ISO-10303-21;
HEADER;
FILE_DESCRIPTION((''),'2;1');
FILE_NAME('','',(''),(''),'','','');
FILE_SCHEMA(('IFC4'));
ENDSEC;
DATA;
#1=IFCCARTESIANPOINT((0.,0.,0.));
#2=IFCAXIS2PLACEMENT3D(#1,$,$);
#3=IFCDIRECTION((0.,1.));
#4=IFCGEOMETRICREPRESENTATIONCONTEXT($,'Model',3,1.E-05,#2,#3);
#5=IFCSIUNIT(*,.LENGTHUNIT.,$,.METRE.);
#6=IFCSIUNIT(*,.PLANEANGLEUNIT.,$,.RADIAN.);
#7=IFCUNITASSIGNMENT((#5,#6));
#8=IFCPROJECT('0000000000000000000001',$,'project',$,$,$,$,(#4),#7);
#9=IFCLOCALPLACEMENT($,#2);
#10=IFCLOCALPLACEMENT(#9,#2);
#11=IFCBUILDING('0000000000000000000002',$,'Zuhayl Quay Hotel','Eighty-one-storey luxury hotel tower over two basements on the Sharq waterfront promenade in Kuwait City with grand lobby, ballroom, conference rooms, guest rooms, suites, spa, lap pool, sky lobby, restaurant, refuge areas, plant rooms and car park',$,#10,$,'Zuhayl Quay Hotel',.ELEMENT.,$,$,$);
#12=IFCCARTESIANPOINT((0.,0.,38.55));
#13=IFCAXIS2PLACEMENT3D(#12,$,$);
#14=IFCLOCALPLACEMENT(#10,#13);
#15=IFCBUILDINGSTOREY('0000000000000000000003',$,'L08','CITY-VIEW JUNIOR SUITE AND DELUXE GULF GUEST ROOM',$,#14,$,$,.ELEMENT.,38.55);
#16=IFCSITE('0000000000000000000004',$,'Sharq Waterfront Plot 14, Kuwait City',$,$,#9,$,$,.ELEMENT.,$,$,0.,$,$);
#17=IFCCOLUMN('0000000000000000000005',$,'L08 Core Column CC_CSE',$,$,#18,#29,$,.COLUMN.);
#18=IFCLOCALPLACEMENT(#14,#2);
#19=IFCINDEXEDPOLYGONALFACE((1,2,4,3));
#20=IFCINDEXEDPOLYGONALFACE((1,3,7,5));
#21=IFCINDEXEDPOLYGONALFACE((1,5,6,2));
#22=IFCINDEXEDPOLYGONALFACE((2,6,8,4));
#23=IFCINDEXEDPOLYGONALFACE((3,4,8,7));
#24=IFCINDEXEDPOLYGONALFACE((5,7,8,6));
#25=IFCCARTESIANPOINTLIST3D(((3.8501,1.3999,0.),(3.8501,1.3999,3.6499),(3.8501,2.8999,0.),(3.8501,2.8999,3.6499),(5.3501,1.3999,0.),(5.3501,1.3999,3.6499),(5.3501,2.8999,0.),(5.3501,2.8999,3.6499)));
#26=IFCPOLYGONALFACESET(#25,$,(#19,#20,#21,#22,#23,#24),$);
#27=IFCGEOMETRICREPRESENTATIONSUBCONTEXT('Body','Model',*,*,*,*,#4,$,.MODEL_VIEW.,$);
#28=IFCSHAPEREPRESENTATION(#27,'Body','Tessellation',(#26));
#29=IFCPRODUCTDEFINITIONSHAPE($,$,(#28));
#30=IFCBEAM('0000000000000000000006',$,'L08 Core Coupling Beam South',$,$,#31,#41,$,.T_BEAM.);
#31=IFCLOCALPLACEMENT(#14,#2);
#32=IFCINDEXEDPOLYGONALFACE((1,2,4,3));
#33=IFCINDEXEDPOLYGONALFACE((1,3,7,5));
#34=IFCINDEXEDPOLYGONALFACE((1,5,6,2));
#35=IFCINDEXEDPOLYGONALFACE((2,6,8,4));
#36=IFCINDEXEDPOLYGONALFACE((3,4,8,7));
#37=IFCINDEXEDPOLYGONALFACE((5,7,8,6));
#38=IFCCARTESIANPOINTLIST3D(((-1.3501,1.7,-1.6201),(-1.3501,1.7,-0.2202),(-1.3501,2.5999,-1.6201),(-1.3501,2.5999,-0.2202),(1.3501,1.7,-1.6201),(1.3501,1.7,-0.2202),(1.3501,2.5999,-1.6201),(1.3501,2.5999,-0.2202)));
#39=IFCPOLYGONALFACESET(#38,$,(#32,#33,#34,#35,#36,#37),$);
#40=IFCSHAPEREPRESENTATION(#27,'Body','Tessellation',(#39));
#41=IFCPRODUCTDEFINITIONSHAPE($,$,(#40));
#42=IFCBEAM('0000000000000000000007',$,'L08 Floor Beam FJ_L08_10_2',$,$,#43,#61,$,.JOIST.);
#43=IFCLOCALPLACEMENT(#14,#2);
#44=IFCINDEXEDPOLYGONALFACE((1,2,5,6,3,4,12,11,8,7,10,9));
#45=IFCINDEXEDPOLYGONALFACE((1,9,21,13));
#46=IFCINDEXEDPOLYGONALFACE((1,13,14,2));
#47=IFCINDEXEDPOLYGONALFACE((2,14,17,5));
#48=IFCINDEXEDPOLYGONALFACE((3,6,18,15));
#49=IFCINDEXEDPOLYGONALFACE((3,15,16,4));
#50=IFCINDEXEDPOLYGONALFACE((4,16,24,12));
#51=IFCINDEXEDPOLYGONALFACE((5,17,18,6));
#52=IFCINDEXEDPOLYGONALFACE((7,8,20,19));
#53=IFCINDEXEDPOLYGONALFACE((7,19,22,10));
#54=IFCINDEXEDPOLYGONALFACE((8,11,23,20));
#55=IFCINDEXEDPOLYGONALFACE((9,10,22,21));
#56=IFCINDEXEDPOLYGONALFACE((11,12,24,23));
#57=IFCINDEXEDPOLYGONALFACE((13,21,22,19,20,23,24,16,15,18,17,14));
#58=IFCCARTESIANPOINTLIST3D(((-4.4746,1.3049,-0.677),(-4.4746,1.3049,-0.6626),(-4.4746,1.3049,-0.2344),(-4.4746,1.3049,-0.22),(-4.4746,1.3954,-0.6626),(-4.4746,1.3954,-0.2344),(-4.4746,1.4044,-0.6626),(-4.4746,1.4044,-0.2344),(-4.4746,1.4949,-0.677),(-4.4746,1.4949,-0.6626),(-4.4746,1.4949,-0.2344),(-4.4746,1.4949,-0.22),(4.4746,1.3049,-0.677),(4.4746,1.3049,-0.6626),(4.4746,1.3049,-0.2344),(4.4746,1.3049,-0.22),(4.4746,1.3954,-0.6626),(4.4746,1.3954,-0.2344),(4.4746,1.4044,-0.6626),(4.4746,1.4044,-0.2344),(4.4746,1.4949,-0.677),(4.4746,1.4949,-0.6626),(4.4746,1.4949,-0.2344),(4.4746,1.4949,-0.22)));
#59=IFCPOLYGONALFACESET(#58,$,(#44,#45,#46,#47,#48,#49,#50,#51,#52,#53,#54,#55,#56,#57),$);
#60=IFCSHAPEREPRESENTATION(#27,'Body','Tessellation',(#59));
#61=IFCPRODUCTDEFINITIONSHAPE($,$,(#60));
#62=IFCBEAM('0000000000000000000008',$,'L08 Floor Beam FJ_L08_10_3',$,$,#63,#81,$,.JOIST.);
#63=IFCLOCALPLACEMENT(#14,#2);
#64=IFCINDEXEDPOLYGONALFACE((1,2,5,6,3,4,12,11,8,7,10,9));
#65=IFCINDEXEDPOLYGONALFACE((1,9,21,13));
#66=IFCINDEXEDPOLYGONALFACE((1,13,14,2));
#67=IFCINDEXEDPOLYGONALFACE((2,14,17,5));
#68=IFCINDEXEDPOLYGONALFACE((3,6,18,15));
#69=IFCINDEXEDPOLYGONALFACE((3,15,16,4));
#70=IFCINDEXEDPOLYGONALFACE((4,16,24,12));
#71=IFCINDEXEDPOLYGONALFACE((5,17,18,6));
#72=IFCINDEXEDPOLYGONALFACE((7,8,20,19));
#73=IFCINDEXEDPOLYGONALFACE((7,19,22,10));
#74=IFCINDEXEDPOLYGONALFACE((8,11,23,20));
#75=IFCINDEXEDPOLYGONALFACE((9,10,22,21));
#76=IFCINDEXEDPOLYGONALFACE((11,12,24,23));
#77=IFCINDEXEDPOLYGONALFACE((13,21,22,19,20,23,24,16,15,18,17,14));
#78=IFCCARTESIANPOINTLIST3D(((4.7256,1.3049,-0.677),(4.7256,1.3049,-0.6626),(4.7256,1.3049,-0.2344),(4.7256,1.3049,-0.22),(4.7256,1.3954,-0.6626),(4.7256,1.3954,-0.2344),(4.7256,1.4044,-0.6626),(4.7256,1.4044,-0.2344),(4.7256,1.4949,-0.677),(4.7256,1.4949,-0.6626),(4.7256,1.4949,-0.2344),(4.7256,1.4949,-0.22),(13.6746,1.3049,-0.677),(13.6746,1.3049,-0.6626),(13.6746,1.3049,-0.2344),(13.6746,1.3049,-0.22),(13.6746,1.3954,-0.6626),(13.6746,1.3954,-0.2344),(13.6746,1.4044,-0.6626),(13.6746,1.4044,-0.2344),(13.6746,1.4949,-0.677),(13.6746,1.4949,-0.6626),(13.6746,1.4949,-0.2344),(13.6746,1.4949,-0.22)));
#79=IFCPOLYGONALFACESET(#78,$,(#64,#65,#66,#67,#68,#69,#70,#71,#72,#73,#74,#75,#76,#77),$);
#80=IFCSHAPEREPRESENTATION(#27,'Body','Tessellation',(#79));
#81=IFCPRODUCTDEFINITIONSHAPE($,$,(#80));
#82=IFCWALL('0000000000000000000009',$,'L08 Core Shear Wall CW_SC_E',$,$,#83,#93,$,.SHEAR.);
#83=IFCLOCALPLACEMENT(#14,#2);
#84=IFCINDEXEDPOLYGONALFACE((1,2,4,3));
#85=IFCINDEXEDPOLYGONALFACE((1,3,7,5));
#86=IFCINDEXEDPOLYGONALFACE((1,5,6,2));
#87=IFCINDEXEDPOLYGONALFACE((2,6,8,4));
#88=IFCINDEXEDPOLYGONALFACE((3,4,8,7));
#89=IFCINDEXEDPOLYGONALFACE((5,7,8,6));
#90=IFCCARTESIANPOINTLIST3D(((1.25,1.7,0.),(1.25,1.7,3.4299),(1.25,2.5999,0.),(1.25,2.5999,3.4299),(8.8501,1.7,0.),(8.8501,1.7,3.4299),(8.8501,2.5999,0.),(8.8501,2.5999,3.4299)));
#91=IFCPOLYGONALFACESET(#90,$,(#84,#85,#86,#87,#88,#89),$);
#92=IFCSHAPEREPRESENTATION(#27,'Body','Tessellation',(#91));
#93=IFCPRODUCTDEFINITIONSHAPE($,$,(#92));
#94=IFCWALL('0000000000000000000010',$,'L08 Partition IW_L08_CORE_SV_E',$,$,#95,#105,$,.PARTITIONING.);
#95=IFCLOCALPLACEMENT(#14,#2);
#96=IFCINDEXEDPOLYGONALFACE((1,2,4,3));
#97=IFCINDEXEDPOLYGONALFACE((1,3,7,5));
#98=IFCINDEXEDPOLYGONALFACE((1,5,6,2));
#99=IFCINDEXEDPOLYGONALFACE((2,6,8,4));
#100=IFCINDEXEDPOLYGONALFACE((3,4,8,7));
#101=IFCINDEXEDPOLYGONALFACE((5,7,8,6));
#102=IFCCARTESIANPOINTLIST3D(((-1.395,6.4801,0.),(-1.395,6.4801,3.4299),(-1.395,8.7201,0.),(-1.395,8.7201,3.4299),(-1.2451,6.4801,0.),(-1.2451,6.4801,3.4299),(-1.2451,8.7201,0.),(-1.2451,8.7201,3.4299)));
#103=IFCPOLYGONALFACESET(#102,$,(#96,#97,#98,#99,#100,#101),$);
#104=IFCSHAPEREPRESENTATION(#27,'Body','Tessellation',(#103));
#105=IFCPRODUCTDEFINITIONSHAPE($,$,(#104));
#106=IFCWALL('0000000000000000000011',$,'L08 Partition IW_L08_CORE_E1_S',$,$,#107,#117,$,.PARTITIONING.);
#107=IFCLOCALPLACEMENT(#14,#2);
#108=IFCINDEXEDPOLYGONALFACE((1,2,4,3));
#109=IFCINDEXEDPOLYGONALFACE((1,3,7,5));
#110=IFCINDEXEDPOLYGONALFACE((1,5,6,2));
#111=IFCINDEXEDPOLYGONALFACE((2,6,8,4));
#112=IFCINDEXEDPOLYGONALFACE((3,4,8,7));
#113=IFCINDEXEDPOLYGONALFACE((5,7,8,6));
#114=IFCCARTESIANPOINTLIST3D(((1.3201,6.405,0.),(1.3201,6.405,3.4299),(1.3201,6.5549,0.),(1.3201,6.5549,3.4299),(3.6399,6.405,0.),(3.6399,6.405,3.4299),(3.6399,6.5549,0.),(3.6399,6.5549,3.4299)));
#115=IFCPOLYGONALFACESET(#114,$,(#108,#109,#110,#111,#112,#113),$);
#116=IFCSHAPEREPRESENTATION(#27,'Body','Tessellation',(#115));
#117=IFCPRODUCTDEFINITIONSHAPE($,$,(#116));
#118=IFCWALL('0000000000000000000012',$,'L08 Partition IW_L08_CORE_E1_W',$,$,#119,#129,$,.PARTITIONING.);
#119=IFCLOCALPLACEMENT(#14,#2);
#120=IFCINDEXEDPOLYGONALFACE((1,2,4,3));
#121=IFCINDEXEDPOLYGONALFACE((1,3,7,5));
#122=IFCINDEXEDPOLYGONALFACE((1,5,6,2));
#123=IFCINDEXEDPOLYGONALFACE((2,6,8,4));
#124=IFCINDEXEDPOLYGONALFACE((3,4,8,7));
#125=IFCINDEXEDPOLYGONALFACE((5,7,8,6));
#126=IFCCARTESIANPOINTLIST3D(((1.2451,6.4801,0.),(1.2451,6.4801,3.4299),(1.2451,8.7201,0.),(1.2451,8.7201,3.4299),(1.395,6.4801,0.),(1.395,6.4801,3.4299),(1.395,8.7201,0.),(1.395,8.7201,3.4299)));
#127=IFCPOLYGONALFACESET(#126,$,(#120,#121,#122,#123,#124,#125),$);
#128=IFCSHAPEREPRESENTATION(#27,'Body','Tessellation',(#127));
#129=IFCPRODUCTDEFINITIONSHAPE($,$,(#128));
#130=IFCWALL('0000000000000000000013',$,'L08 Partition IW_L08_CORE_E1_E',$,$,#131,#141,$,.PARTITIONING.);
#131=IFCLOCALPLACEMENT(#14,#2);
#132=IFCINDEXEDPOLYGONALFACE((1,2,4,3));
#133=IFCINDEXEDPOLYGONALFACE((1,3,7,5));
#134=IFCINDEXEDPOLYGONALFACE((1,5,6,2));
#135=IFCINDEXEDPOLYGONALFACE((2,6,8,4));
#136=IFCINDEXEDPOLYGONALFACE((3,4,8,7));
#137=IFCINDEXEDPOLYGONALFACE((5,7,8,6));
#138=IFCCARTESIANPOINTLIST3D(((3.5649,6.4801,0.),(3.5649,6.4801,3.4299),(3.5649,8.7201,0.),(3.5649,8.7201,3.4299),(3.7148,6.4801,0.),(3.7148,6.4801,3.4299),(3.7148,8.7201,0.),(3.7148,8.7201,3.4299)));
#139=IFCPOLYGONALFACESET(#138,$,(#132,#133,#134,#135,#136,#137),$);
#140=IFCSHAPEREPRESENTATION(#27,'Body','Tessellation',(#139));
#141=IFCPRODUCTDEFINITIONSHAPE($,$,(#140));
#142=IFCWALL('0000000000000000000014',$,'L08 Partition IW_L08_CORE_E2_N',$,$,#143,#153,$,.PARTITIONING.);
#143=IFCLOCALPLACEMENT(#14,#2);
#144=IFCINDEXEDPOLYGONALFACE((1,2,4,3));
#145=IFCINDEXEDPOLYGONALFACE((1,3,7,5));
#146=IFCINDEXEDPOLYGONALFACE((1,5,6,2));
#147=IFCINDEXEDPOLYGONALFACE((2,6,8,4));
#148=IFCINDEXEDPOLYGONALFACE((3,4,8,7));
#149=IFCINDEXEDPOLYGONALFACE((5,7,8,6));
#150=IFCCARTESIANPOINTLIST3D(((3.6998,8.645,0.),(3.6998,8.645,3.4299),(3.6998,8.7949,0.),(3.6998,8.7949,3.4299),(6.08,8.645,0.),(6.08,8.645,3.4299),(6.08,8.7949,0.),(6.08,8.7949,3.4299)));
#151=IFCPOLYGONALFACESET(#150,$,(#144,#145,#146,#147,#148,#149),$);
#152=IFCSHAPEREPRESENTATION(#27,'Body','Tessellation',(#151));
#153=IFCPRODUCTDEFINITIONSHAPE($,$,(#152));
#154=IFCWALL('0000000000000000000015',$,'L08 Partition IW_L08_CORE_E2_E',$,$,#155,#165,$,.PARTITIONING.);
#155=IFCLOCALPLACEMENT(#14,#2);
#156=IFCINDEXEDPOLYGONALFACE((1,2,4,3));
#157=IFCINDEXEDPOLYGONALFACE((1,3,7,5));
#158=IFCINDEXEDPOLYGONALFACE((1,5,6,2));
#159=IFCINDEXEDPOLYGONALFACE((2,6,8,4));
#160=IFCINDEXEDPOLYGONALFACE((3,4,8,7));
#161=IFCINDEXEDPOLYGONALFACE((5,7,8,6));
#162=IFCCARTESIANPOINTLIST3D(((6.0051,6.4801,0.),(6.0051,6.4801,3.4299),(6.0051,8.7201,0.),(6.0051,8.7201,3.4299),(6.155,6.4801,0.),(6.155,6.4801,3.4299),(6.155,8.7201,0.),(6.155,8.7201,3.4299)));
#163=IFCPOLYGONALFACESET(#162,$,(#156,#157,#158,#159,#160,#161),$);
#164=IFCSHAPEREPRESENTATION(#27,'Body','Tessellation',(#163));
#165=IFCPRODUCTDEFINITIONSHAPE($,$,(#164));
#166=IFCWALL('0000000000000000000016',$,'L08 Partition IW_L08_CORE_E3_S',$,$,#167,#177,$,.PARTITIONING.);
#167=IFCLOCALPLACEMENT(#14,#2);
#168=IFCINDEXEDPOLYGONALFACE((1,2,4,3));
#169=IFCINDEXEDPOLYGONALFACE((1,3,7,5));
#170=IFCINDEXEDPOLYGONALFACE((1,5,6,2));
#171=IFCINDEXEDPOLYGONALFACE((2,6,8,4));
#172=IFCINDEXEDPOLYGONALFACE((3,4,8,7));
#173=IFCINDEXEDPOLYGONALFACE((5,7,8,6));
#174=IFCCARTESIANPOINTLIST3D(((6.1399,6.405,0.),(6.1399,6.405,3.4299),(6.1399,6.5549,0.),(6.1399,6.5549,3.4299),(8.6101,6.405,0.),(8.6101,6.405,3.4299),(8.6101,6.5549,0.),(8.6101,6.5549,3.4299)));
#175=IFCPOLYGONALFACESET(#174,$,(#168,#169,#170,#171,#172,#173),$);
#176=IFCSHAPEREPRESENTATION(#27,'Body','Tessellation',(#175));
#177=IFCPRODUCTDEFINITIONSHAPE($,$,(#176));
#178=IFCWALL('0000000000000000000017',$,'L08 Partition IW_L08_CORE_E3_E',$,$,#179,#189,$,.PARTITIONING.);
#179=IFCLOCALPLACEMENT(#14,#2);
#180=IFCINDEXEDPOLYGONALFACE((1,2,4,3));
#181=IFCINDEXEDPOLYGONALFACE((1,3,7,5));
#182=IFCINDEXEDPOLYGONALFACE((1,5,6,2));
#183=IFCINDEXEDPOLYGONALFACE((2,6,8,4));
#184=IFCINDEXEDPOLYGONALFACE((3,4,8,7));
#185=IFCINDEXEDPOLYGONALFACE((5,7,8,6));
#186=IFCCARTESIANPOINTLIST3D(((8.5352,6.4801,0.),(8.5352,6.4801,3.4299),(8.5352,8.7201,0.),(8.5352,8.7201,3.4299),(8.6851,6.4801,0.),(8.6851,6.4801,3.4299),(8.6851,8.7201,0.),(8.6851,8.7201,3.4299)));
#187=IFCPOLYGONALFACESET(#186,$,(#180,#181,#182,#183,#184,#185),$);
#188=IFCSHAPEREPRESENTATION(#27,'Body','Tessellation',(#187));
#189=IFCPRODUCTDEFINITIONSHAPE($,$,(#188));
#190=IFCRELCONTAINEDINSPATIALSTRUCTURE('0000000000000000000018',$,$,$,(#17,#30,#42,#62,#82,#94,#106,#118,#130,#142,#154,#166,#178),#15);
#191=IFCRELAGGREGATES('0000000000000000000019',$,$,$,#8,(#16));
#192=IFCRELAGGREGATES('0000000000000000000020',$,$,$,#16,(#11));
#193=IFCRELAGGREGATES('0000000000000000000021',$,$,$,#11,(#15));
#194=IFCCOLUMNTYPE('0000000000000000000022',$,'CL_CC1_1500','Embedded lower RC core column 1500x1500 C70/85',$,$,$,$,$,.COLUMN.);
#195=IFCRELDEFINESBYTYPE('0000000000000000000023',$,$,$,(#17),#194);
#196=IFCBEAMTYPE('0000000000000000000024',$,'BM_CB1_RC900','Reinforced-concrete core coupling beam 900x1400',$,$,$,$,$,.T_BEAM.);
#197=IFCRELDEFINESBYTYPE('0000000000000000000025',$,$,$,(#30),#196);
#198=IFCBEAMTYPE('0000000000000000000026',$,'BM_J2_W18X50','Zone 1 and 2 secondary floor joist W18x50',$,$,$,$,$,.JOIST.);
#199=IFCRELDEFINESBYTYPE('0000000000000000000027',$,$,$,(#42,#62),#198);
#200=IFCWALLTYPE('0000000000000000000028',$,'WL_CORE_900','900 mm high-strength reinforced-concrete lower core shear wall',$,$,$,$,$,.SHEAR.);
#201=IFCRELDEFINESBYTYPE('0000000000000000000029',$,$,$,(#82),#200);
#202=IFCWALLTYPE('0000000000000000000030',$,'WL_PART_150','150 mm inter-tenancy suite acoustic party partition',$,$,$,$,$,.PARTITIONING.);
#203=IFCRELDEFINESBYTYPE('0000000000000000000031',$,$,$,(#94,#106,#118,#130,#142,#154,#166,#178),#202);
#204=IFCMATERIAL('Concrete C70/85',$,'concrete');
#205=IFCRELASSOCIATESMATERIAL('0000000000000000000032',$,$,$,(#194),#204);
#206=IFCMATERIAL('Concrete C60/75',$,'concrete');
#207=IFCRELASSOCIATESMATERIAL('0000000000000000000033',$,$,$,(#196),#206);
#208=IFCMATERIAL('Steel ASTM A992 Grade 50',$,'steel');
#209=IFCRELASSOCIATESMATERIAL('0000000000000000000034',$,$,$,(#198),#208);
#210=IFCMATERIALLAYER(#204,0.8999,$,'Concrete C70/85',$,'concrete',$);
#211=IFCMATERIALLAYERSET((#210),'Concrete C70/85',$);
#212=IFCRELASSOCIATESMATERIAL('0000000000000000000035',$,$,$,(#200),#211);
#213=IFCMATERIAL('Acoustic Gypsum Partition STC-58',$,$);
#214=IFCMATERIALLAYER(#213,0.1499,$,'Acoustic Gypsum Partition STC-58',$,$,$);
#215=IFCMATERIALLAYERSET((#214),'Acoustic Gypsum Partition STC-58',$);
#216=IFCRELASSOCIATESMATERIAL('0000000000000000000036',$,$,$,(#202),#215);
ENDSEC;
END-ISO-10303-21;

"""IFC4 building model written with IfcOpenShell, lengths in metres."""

from ifc_helpers import new_model, si_unit, direction, frame, frame_2d, origin, origin_2d, place, context, subcontext, project, spatial, rectangle, i_section, extrude, material, layer, layer_set, material_profile, profile_set, type_object, element, save


model = new_model("IFC4")

# Units and contexts
model_context = context("Model", 3, precision=1e-05, world=origin(), true_north=direction((0.0, 1.0)))
body_context = subcontext(model_context, "Body", "Model", "MODEL_VIEW")
ifc_project = project(units=[si_unit("LENGTHUNIT", "METRE"), si_unit("PLANEANGLEUNIT", "RADIAN")], contexts=[model_context])

# Site, building, storey
site_placement = place(None, origin())
site = spatial("IfcSite", under=ifc_project, at=site_placement, Name="Sharq Waterfront Plot 14, Kuwait City", CompositionType="ELEMENT", RefElevation=0.0)
building_placement = place(site_placement, origin())
building = spatial("IfcBuilding", under=site, at=building_placement, Name="Zuhayl Quay Hotel", Description="Eighty-one-storey luxury hotel tower over two basements on the Sharq waterfront promenade in Kuwait City with grand lobby, ballroom, conference rooms, guest rooms, suites, spa, lap pool, sky lobby, restaurant, refuge areas, plant rooms and car park", LongName="Zuhayl Quay Hotel", CompositionType="ELEMENT")
storey_placement = place(building_placement, frame((0.0, 0.0, 38.55)))
storey = spatial("IfcBuildingStorey", under=building, at=storey_placement, Name="L08", Description="CITY-VIEW JUNIOR SUITE AND DELUXE GULF GUEST ROOM", CompositionType="ELEMENT", Elevation=38.55)

# Column
ifc_material_1 = material(Name="Concrete C70/85", Category="concrete")
ifc_material_profile_1 = material_profile(ifc_material_1, rectangle(XDim=1.5, YDim=1.5, at=origin_2d()), Name="RC1500X1500")
ifc_profile_set_1 = profile_set([ifc_material_profile_1], Name="Concrete C70/85")
column_type = type_object("IfcColumnType", Name="CL_CC1_1500", Description="Embedded lower RC core column 1500x1500 C70/85", PredefinedType="COLUMN", material=ifc_profile_set_1)
column_placement = place(storey_placement, frame((4.6001, 2.1499, 0.0), z_axis=(0.0, 0.0, 1.0), x_axis=(1.0, 0.0, 0.0)))
element("IfcColumn", 1, at=column_placement, inside=storey, type_object=column_type, Name="L08 Core Column CC_CSE", PredefinedType="COLUMN", context=body_context, shape_type="SweptSolid", body=[
    extrude(rectangle(XDim=1.5, YDim=1.5, at=origin_2d()), origin(), (0.0, 0.0, 1.0), 3.6499),
])

# Beams
ifc_material_2 = material(Name="Concrete C60/75", Category="concrete")
ifc_material_profile_2 = material_profile(ifc_material_2, rectangle(XDim=0.8999, YDim=1.3999, at=origin_2d()), Name="RC900X1400")
ifc_profile_set_2 = profile_set([ifc_material_profile_2], Name="Concrete C60/75")
beam_type_1 = type_object("IfcBeamType", Name="BM_CB1_RC900", Description="Reinforced-concrete core coupling beam 900x1400", PredefinedType="T_BEAM", material=ifc_profile_set_2)
beam_1_placement = place(storey_placement, frame((-1.3501, 2.1499, -0.9202), z_axis=(1.0, 0.0, 0.0), x_axis=(0.0, 1.0, 0.0)))
element("IfcBeam", 2, at=beam_1_placement, inside=storey, type_object=beam_type_1, Name="L08 Core Coupling Beam South", PredefinedType="T_BEAM", context=body_context, shape_type="SweptSolid", body=[
    extrude(rectangle(XDim=0.8999, YDim=1.3999, at=origin_2d()), origin(), (0.0, 0.0, 1.0), 2.7002),
])
ifc_material_3 = material(Name="Steel ASTM A992 Grade 50", Category="steel")
ifc_material_profile_3 = material_profile(ifc_material_3, i_section(OverallWidth=0.1899, OverallDepth=0.457, WebThickness=0.009, FlangeThickness=0.0144, at=origin_2d()), Name="W18X50")
ifc_profile_set_3 = profile_set([ifc_material_profile_3], Name="Steel ASTM A992 Grade 50")
beam_type_2 = type_object("IfcBeamType", Name="BM_J2_W18X50", Description="Zone 1 and 2 secondary floor joist W18x50", PredefinedType="JOIST", material=ifc_profile_set_3)
beam_2_placement = place(storey_placement, frame((-4.4746, 1.3999, -0.4485), z_axis=(1.0, 0.0, 0.0), x_axis=(0.0, 1.0, 0.0)))
element("IfcBeam", 3, at=beam_2_placement, inside=storey, type_object=beam_type_2, Name="L08 Floor Beam FJ_L08_10_2", PredefinedType="JOIST", context=body_context, shape_type="SweptSolid", body=[
    extrude(i_section(OverallWidth=0.1899, OverallDepth=0.457, WebThickness=0.009, FlangeThickness=0.0144, at=origin_2d()), origin(), (0.0, 0.0, 1.0), 8.9492),
])
beam_3_placement = place(storey_placement, frame((4.7256, 1.3999, -0.4485), z_axis=(1.0, 0.0, 0.0), x_axis=(0.0, 1.0, 0.0)))
element("IfcBeam", 4, at=beam_3_placement, inside=storey, type_object=beam_type_2, Name="L08 Floor Beam FJ_L08_10_3", PredefinedType="JOIST", context=body_context, shape_type="SweptSolid", body=[
    extrude(i_section(OverallWidth=0.1899, OverallDepth=0.457, WebThickness=0.009, FlangeThickness=0.0144, at=origin_2d()), origin(), (0.0, 0.0, 1.0), 8.949),
])

# Wall
ifc_layer_1 = layer(ifc_material_1, 0.8999, Name="Concrete C70/85", Category="concrete")
ifc_layer_set_1 = layer_set([ifc_layer_1], Name="Concrete C70/85")
wall_type_1 = type_object("IfcWallType", Name="WL_CORE_900", Description="900 mm high-strength reinforced-concrete lower core shear wall", PredefinedType="SHEAR", material=ifc_layer_set_1)
wall_1_placement = place(storey_placement, frame((1.25, 2.1499, 0.0), z_axis=(0.0, 0.0, 1.0), x_axis=(1.0, 0.0, 0.0)))
element("IfcWall", 5, at=wall_1_placement, inside=storey, type_object=wall_type_1, Name="L08 Core Shear Wall CW_SC_E", PredefinedType="SHEAR", context=body_context, shape_type="SweptSolid", body=[
    extrude(rectangle(XDim=7.6001, YDim=0.8999, at=frame_2d((3.8, 0.0))), origin(), (0.0, 0.0, 1.0), 3.4299),
])

# Shared definitions
ifc_material_4 = material(Name="Acoustic Gypsum Partition STC-58")
ifc_layer_2 = layer(ifc_material_4, 0.1499, Name="Acoustic Gypsum Partition STC-58")
ifc_layer_set_2 = layer_set([ifc_layer_2], Name="Acoustic Gypsum Partition STC-58")
wall_type_2 = type_object("IfcWallType", Name="WL_PART_150", Description="150 mm inter-tenancy suite acoustic party partition", PredefinedType="PARTITIONING", material=ifc_layer_set_2)

# Walls
wall_2_placement = place(storey_placement, frame((-1.3201, 6.48, 0.0), z_axis=(0.0, 0.0, 1.0), x_axis=(0.0, 1.0, 0.0)))
element("IfcWall", 6, at=wall_2_placement, inside=storey, type_object=wall_type_2, Name="L08 Partition IW_L08_CORE_SV_E", PredefinedType="PARTITIONING", context=body_context, shape_type="SweptSolid", body=[
    extrude(rectangle(XDim=2.24, YDim=0.1499, at=frame_2d((1.1201, 0.0))), origin(), (0.0, 0.0, 1.0), 3.4299),
])
wall_3_placement = place(storey_placement, frame((1.3201, 6.48, 0.0), z_axis=(0.0, 0.0, 1.0), x_axis=(1.0, 0.0, 0.0)))
element("IfcWall", 7, at=wall_3_placement, inside=storey, type_object=wall_type_2, Name="L08 Partition IW_L08_CORE_E1_S", PredefinedType="PARTITIONING", context=body_context, shape_type="SweptSolid", body=[
    extrude(rectangle(XDim=2.3198, YDim=0.1499, at=frame_2d((1.1599, 0.0))), origin(), (0.0, 0.0, 1.0), 3.4299),
])
for number, where, z_axis, x_axis, name in (
    (8, (1.3201, 6.48, 0.0), (0.0, 0.0, 1.0), (0.0, 1.0, 0.0), "L08 Partition IW_L08_CORE_E1_W"),
    (9, (3.6399, 6.48, 0.0), (0.0, 0.0, 1.0), (0.0, 1.0, 0.0), "L08 Partition IW_L08_CORE_E1_E"),
):
    element("IfcWall", number, at=place(storey_placement, frame(where, z_axis=z_axis, x_axis=x_axis)), inside=storey, type_object=wall_type_2, Name=name, PredefinedType="PARTITIONING", context=body_context, shape_type="SweptSolid", body=[
        extrude(rectangle(XDim=2.24, YDim=0.1499, at=frame_2d((1.1201, 0.0))), origin(), (0.0, 0.0, 1.0), 3.4299),
    ])
wall_4_placement = place(storey_placement, frame((3.7, 8.72, 0.0), z_axis=(0.0, 0.0, 1.0), x_axis=(1.0, 0.0, 0.0)))
element("IfcWall", 10, at=wall_4_placement, inside=storey, type_object=wall_type_2, Name="L08 Partition IW_L08_CORE_E2_N", PredefinedType="PARTITIONING", context=body_context, shape_type="SweptSolid", body=[
    extrude(rectangle(XDim=2.3801, YDim=0.1499, at=frame_2d((1.1899, 0.0))), origin(), (0.0, 0.0, 1.0), 3.4299),
])
wall_5_placement = place(storey_placement, frame((6.0801, 6.48, 0.0), z_axis=(0.0, 0.0, 1.0), x_axis=(0.0, 1.0, 0.0)))
element("IfcWall", 11, at=wall_5_placement, inside=storey, type_object=wall_type_2, Name="L08 Partition IW_L08_CORE_E2_E", PredefinedType="PARTITIONING", context=body_context, shape_type="SweptSolid", body=[
    extrude(rectangle(XDim=2.24, YDim=0.1499, at=frame_2d((1.1201, 0.0))), origin(), (0.0, 0.0, 1.0), 3.4299),
])
wall_6_placement = place(storey_placement, frame((6.1399, 6.48, 0.0), z_axis=(0.0, 0.0, 1.0), x_axis=(1.0, 0.0, 0.0)))
element("IfcWall", 12, at=wall_6_placement, inside=storey, type_object=wall_type_2, Name="L08 Partition IW_L08_CORE_E3_S", PredefinedType="PARTITIONING", context=body_context, shape_type="SweptSolid", body=[
    extrude(rectangle(XDim=2.4702, YDim=0.1499, at=frame_2d((1.2351, 0.0))), origin(), (0.0, 0.0, 1.0), 3.4299),
])
wall_7_placement = place(storey_placement, frame((8.6101, 6.48, 0.0), z_axis=(0.0, 0.0, 1.0), x_axis=(0.0, 1.0, 0.0)))
element("IfcWall", 13, at=wall_7_placement, inside=storey, type_object=wall_type_2, Name="L08 Partition IW_L08_CORE_E3_E", PredefinedType="PARTITIONING", context=body_context, shape_type="SweptSolid", body=[
    extrude(rectangle(XDim=2.24, YDim=0.1499, at=frame_2d((1.1201, 0.0))), origin(), (0.0, 0.0, 1.0), 3.4299),
])

save(model, "model.ifc")
